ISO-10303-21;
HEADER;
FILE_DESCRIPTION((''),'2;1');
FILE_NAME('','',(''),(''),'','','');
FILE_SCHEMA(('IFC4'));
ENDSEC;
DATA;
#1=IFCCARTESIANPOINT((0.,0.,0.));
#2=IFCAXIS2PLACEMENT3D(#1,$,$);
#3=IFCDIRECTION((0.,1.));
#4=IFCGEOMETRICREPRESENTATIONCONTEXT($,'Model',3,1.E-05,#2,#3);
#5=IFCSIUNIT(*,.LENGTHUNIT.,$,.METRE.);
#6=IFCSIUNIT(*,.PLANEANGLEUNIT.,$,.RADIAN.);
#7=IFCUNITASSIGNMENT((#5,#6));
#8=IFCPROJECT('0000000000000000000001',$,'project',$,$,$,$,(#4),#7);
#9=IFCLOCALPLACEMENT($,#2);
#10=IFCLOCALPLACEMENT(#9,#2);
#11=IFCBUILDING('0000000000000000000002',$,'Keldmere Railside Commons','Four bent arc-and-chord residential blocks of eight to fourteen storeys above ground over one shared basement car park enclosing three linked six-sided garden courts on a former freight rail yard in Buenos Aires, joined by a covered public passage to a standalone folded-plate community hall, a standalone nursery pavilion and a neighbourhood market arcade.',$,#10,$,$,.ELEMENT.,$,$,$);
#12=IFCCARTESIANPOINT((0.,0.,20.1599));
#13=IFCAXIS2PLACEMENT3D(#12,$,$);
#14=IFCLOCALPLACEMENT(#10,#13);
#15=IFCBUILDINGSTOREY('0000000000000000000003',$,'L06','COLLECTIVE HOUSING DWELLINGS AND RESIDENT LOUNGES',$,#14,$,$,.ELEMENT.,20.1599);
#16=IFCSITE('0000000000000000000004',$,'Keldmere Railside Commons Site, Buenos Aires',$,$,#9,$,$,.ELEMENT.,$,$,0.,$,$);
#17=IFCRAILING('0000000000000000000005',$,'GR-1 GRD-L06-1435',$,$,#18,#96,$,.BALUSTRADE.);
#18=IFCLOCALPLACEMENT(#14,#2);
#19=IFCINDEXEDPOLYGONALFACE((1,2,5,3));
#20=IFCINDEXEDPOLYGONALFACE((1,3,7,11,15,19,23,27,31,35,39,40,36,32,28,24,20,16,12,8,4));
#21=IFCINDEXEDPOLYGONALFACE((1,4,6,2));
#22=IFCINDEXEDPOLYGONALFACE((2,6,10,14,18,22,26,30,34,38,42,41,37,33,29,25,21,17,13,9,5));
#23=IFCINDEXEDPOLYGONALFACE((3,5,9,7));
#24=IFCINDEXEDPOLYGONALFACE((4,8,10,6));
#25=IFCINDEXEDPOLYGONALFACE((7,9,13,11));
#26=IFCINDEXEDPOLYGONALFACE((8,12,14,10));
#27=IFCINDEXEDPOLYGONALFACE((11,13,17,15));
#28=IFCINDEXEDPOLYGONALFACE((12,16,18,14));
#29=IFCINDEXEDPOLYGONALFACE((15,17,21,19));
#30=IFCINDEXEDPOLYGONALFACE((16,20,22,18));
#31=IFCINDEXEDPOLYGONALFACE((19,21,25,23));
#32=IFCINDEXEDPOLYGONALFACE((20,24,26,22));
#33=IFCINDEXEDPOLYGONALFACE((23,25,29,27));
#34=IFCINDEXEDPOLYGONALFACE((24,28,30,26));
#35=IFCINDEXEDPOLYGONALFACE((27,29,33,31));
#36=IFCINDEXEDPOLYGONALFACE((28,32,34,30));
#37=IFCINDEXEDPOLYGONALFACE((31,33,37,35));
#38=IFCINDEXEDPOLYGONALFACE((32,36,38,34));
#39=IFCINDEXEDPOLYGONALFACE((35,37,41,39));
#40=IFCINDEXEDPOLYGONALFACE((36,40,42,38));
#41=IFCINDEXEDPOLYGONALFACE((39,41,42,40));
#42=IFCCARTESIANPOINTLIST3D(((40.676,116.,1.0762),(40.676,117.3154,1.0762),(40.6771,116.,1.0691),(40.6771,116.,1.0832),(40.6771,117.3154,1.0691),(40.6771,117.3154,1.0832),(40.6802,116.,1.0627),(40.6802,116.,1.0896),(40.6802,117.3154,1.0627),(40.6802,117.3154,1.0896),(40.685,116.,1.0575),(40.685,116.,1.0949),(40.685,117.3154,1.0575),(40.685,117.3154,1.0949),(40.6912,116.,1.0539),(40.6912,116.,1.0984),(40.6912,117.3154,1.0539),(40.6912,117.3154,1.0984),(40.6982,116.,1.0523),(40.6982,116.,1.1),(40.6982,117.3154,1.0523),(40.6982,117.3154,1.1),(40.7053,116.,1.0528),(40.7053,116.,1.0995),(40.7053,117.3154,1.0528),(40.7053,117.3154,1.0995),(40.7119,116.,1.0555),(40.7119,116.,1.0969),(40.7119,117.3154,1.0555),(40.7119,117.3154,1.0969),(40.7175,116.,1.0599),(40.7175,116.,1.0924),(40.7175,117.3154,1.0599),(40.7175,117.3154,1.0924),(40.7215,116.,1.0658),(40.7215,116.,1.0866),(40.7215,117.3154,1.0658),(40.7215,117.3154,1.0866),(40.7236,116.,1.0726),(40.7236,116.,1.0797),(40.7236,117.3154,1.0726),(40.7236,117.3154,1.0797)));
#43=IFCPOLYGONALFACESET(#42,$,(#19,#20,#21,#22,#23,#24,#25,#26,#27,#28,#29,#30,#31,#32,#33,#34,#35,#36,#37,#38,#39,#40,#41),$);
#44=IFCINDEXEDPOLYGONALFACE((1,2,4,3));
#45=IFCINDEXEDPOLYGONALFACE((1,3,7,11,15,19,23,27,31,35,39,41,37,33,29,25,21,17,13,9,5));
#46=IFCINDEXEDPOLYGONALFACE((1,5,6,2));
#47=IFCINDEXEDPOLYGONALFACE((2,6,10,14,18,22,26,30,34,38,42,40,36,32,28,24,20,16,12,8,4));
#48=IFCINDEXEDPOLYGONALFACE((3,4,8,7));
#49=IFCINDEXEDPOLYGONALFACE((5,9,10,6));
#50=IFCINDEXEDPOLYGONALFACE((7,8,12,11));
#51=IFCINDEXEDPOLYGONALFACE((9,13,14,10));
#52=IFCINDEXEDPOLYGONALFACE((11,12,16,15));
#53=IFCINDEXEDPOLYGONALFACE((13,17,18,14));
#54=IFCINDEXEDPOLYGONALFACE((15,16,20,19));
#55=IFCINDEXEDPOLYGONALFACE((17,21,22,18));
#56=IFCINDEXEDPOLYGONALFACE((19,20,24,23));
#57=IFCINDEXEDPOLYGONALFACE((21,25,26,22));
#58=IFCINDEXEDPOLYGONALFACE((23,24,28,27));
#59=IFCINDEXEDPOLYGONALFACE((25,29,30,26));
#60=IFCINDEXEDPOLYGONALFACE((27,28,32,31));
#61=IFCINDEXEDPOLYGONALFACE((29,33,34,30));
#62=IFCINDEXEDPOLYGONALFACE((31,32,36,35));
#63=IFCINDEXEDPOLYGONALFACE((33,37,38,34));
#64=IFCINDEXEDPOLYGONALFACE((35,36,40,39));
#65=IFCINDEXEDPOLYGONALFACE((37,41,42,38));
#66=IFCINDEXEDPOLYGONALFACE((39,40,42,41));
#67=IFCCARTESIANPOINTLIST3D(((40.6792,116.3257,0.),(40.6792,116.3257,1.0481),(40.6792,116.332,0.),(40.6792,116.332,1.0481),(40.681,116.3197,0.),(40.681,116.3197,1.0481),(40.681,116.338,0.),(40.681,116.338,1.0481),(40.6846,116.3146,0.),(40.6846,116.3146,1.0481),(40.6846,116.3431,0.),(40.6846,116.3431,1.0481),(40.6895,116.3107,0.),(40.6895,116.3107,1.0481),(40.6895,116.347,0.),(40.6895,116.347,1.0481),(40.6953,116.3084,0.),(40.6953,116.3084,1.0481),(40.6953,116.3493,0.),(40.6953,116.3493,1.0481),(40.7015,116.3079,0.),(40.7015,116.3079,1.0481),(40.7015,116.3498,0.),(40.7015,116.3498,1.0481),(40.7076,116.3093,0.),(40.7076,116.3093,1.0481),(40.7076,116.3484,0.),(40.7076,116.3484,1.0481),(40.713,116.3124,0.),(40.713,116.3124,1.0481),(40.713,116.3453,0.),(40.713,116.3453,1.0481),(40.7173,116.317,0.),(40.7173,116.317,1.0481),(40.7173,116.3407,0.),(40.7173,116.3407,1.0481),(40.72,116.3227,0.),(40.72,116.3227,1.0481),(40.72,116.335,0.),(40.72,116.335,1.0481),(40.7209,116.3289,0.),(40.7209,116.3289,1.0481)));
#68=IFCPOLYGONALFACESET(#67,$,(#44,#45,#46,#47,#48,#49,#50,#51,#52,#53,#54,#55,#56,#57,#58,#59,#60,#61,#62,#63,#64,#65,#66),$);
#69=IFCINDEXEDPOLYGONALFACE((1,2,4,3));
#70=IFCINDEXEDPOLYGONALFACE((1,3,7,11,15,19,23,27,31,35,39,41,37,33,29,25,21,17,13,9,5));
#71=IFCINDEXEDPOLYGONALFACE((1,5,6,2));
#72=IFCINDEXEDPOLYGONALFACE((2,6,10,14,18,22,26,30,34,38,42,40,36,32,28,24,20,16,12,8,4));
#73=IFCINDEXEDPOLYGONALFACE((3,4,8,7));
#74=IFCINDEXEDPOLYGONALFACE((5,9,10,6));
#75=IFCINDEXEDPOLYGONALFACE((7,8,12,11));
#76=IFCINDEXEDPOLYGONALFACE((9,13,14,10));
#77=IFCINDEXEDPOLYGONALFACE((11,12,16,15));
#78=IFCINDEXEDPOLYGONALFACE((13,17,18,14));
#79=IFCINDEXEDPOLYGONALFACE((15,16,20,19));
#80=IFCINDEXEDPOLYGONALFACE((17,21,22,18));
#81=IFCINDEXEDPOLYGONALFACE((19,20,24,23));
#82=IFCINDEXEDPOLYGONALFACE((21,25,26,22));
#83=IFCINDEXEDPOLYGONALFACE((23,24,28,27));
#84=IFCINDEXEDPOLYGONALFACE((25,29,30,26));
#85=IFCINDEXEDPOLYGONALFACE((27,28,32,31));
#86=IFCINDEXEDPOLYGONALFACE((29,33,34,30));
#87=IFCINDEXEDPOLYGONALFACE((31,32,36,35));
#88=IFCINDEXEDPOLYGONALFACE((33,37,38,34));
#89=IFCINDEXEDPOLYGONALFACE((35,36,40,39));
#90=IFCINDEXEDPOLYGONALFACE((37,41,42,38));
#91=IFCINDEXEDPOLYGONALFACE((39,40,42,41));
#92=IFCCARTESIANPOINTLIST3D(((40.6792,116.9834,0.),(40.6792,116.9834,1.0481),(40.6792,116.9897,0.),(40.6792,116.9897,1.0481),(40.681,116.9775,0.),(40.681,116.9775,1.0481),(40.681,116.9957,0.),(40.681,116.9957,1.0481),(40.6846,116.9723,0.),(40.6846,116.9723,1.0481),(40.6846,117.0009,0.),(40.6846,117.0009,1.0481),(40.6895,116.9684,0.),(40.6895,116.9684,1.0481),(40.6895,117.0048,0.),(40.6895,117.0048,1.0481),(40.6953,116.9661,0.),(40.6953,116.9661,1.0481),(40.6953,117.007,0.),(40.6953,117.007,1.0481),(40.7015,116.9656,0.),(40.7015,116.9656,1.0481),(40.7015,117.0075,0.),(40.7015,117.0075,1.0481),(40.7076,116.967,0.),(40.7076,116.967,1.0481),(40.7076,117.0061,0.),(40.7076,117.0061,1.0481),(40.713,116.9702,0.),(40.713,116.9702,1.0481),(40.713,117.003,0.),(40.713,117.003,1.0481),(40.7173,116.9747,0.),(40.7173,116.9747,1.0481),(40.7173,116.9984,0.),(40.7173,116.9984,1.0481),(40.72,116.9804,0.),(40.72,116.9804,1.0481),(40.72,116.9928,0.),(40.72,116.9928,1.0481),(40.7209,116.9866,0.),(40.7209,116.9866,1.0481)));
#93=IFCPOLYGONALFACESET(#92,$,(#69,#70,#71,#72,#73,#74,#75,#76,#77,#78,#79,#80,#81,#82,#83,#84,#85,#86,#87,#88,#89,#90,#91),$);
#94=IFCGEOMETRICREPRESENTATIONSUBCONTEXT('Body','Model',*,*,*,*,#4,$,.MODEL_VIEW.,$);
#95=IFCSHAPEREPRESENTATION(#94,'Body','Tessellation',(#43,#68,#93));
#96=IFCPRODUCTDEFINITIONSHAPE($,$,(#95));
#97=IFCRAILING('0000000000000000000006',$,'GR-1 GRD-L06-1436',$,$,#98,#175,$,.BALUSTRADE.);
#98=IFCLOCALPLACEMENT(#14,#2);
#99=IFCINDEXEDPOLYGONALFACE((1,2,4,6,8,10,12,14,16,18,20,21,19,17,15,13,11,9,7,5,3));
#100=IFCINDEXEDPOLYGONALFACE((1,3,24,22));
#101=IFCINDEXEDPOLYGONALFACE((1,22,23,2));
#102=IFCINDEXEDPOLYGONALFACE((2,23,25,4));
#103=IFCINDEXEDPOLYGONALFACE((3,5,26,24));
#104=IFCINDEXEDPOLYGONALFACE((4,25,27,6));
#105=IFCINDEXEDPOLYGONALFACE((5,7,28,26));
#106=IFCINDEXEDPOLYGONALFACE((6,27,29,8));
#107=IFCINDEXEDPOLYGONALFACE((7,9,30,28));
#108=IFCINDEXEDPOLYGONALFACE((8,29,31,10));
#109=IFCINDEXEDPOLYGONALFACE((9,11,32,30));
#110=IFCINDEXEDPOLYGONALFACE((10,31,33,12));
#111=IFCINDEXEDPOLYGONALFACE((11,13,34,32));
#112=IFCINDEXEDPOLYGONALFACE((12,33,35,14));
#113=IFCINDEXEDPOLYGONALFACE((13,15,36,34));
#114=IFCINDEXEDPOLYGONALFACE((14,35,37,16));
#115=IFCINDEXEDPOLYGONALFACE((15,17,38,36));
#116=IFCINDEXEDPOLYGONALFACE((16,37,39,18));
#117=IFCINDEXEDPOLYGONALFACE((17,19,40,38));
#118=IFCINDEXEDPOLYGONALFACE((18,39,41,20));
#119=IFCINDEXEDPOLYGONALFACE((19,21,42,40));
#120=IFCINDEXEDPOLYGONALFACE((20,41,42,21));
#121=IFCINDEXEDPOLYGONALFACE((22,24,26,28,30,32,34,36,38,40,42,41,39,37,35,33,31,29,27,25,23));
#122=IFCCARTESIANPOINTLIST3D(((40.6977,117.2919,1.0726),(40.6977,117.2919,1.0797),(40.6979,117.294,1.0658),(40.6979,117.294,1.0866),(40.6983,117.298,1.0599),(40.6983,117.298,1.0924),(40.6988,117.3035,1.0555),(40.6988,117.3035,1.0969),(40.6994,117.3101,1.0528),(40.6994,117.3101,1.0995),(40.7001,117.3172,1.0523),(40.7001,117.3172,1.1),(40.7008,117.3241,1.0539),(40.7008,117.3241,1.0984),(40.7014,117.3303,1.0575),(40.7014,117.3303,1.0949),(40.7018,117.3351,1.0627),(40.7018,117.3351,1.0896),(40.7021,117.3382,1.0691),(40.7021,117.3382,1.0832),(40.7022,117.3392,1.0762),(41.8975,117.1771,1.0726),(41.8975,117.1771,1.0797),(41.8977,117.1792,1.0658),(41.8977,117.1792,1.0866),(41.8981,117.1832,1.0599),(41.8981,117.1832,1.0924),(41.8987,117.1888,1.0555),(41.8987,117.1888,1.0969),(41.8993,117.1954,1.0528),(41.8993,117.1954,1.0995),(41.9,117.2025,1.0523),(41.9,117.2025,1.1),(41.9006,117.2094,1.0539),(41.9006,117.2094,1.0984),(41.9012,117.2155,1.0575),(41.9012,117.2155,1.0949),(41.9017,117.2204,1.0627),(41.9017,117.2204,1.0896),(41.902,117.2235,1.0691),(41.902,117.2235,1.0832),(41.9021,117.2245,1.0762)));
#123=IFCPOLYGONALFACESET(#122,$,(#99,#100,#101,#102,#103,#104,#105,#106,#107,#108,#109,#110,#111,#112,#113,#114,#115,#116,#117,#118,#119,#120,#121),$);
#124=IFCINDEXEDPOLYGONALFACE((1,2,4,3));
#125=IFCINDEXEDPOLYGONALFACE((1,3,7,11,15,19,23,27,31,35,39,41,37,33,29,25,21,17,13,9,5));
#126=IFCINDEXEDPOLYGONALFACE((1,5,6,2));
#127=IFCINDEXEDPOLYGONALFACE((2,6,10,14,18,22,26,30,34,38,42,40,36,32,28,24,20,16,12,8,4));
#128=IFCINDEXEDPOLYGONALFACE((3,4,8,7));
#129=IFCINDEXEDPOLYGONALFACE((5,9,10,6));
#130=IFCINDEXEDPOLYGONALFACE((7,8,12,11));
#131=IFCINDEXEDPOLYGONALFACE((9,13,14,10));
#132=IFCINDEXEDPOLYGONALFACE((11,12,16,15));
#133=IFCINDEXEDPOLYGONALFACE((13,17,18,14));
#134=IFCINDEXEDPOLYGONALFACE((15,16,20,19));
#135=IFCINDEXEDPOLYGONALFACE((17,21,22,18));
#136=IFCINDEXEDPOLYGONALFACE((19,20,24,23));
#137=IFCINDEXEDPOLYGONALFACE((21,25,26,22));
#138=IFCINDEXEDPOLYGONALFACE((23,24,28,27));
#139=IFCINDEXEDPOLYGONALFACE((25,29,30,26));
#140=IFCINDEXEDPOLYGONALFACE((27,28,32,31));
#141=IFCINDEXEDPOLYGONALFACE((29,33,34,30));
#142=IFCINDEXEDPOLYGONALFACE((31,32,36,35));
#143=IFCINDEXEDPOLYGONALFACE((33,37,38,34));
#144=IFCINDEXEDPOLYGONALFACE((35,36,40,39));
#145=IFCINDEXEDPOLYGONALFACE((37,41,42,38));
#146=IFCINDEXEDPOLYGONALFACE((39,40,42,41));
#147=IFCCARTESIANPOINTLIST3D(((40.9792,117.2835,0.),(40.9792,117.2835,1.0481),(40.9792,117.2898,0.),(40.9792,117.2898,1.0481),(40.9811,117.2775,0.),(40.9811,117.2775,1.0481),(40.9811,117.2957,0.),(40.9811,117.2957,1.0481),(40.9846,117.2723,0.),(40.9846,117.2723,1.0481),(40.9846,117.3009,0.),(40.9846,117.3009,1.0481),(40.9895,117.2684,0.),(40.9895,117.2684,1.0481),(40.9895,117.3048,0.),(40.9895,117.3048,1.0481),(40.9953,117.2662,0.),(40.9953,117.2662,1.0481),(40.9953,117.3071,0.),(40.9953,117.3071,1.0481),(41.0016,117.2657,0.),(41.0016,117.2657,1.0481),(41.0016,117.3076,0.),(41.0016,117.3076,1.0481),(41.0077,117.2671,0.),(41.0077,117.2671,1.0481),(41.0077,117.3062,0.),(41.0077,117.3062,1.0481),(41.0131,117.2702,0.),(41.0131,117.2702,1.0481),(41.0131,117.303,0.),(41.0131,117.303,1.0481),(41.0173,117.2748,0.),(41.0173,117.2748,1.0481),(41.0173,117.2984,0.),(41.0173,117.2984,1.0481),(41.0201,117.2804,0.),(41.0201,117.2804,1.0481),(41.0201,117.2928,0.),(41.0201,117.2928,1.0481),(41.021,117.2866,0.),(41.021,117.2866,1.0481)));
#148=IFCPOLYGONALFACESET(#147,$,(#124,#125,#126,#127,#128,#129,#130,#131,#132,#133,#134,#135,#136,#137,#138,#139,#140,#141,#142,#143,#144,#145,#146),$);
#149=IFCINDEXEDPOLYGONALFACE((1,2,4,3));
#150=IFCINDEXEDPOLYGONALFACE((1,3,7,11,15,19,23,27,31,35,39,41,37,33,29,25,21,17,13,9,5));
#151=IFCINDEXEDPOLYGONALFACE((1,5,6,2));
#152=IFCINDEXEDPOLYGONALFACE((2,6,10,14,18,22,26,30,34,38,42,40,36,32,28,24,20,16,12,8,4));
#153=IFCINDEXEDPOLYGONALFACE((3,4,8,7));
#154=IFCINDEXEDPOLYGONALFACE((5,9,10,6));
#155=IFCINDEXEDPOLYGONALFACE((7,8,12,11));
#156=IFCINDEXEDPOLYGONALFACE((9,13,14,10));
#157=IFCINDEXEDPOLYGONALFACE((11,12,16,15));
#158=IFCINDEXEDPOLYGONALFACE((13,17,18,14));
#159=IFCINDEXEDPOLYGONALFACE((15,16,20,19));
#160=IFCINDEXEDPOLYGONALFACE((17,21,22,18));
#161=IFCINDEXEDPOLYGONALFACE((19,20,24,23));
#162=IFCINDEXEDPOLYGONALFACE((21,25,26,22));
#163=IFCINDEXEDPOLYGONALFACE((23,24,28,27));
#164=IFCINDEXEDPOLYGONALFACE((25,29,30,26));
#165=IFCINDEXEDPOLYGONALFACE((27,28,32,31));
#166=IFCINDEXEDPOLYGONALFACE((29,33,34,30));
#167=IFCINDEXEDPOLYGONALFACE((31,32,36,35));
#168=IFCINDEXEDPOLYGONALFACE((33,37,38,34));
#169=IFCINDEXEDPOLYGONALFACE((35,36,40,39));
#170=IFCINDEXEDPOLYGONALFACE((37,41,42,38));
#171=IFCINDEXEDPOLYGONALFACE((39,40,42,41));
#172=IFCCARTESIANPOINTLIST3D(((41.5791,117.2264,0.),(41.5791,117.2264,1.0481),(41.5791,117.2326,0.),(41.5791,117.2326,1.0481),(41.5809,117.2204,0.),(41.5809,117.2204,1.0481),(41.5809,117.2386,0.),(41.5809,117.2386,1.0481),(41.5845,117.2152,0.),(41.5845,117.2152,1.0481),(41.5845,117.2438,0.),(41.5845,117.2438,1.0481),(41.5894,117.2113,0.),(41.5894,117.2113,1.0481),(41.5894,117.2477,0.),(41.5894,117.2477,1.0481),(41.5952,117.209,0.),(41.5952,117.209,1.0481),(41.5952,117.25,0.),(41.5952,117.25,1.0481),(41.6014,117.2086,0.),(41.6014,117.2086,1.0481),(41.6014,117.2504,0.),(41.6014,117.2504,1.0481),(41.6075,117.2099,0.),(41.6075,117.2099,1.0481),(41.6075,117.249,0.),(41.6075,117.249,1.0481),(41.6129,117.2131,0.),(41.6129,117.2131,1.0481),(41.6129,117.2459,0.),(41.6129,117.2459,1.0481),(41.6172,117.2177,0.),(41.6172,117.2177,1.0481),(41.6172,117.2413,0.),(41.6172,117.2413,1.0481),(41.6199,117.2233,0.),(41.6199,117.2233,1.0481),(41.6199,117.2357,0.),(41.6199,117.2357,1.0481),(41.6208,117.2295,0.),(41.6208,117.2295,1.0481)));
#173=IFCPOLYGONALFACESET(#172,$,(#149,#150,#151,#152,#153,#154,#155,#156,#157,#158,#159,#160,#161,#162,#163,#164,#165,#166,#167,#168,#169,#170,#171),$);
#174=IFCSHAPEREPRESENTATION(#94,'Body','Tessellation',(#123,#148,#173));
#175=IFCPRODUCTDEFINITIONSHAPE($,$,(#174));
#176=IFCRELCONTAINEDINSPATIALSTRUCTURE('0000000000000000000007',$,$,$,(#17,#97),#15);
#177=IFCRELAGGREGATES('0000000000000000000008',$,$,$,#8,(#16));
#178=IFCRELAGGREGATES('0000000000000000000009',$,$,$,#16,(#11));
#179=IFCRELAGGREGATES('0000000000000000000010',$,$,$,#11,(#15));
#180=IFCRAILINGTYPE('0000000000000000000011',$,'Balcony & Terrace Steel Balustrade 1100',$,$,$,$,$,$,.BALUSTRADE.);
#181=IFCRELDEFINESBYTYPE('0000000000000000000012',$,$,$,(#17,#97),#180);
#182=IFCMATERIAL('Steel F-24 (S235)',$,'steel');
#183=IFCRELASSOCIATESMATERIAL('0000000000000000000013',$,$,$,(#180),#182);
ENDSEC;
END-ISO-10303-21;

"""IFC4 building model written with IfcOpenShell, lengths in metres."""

from ifc_helpers import new_model, si_unit, direction, frame, origin, origin_2d, place, context, subcontext, project, spatial, circle, extrude, material, type_object, element, save


model = new_model("IFC4")

# Units and contexts
model_context = context("Model", 3, precision=1e-05, world=origin(), true_north=direction((0.0, 1.0)))
body_context = subcontext(model_context, "Body", "Model", "MODEL_VIEW")
ifc_project = project(units=[si_unit("LENGTHUNIT", "METRE"), si_unit("PLANEANGLEUNIT", "RADIAN")], contexts=[model_context])

# Site, building, storey
site_placement = place(None, origin())
site = spatial("IfcSite", under=ifc_project, at=site_placement, Name="Keldmere Railside Commons Site, Buenos Aires", CompositionType="ELEMENT", RefElevation=0.0)
building_placement = place(site_placement, origin())
building = spatial("IfcBuilding", under=site, at=building_placement, Name="Keldmere Railside Commons", Description="Four bent arc-and-chord residential blocks of eight to fourteen storeys above ground over one shared basement car park enclosing three linked six-sided garden courts on a former freight rail yard in Buenos Aires, joined by a covered public passage to a standalone folded-plate community hall, a standalone nursery pavilion and a neighbourhood market arcade.", CompositionType="ELEMENT")
storey_placement = place(building_placement, frame((0.0, 0.0, 20.1599)))
storey = spatial("IfcBuildingStorey", under=building, at=storey_placement, Name="L06", Description="COLLECTIVE HOUSING DWELLINGS AND RESIDENT LOUNGES", CompositionType="ELEMENT", Elevation=20.1599)

# Railings
ifc_material_1 = material(Name="Steel F-24 (S235)", Category="steel")
railing_type = type_object("IfcRailingType", Name="Balcony & Terrace Steel Balustrade 1100", PredefinedType="BALUSTRADE", material=ifc_material_1)
railing_1_placement = place(storey_placement, frame((40.7, 116.0, 0.0)))
element("IfcRailing", 1, at=railing_1_placement, inside=storey, type_object=railing_type, Name="GR-1 GRD-L06-1435", PredefinedType="BALUSTRADE", context=body_context, shape_type="SweptSolid", body=[
    extrude(circle(Radius=0.0239, at=origin_2d()), frame((0.0, 0.0, 1.0762), z_axis=(0.0, 1.0, 0.0), x_axis=(-1.0, 0.0, 0.0)), (0.0, 0.0, 1.0), 1.3154),
    extrude(circle(Radius=0.021, at=origin_2d()), frame((0.0, 0.3289, 0.0)), (0.0, 0.0, 1.0), 1.0481),
    extrude(circle(Radius=0.021, at=origin_2d()), frame((0.0, 0.9866, 0.0)), (0.0, 0.0, 1.0), 1.0481),
])
railing_2_placement = place(storey_placement, frame((40.7, 117.3154, 0.0)))
element("IfcRailing", 2, at=railing_2_placement, inside=storey, type_object=railing_type, Name="GR-1 GRD-L06-1436", PredefinedType="BALUSTRADE", context=body_context, shape_type="SweptSolid", body=[
    extrude(circle(Radius=0.0239, at=origin_2d()), frame((0.0, 0.0, 1.0762), z_axis=(0.995459, -0.095191, 0.0), x_axis=(0.095191, 0.995459, 0.0)), (0.0, 0.0, 1.0), 1.2053),
    extrude(circle(Radius=0.021, at=origin_2d()), frame((0.3, -0.0288, 0.0)), (0.0, 0.0, 1.0), 1.0481),
    extrude(circle(Radius=0.021, at=origin_2d()), frame((0.8999, -0.0859, 0.0)), (0.0, 0.0, 1.0), 1.0481),
])

save(model, "model.ifc")
